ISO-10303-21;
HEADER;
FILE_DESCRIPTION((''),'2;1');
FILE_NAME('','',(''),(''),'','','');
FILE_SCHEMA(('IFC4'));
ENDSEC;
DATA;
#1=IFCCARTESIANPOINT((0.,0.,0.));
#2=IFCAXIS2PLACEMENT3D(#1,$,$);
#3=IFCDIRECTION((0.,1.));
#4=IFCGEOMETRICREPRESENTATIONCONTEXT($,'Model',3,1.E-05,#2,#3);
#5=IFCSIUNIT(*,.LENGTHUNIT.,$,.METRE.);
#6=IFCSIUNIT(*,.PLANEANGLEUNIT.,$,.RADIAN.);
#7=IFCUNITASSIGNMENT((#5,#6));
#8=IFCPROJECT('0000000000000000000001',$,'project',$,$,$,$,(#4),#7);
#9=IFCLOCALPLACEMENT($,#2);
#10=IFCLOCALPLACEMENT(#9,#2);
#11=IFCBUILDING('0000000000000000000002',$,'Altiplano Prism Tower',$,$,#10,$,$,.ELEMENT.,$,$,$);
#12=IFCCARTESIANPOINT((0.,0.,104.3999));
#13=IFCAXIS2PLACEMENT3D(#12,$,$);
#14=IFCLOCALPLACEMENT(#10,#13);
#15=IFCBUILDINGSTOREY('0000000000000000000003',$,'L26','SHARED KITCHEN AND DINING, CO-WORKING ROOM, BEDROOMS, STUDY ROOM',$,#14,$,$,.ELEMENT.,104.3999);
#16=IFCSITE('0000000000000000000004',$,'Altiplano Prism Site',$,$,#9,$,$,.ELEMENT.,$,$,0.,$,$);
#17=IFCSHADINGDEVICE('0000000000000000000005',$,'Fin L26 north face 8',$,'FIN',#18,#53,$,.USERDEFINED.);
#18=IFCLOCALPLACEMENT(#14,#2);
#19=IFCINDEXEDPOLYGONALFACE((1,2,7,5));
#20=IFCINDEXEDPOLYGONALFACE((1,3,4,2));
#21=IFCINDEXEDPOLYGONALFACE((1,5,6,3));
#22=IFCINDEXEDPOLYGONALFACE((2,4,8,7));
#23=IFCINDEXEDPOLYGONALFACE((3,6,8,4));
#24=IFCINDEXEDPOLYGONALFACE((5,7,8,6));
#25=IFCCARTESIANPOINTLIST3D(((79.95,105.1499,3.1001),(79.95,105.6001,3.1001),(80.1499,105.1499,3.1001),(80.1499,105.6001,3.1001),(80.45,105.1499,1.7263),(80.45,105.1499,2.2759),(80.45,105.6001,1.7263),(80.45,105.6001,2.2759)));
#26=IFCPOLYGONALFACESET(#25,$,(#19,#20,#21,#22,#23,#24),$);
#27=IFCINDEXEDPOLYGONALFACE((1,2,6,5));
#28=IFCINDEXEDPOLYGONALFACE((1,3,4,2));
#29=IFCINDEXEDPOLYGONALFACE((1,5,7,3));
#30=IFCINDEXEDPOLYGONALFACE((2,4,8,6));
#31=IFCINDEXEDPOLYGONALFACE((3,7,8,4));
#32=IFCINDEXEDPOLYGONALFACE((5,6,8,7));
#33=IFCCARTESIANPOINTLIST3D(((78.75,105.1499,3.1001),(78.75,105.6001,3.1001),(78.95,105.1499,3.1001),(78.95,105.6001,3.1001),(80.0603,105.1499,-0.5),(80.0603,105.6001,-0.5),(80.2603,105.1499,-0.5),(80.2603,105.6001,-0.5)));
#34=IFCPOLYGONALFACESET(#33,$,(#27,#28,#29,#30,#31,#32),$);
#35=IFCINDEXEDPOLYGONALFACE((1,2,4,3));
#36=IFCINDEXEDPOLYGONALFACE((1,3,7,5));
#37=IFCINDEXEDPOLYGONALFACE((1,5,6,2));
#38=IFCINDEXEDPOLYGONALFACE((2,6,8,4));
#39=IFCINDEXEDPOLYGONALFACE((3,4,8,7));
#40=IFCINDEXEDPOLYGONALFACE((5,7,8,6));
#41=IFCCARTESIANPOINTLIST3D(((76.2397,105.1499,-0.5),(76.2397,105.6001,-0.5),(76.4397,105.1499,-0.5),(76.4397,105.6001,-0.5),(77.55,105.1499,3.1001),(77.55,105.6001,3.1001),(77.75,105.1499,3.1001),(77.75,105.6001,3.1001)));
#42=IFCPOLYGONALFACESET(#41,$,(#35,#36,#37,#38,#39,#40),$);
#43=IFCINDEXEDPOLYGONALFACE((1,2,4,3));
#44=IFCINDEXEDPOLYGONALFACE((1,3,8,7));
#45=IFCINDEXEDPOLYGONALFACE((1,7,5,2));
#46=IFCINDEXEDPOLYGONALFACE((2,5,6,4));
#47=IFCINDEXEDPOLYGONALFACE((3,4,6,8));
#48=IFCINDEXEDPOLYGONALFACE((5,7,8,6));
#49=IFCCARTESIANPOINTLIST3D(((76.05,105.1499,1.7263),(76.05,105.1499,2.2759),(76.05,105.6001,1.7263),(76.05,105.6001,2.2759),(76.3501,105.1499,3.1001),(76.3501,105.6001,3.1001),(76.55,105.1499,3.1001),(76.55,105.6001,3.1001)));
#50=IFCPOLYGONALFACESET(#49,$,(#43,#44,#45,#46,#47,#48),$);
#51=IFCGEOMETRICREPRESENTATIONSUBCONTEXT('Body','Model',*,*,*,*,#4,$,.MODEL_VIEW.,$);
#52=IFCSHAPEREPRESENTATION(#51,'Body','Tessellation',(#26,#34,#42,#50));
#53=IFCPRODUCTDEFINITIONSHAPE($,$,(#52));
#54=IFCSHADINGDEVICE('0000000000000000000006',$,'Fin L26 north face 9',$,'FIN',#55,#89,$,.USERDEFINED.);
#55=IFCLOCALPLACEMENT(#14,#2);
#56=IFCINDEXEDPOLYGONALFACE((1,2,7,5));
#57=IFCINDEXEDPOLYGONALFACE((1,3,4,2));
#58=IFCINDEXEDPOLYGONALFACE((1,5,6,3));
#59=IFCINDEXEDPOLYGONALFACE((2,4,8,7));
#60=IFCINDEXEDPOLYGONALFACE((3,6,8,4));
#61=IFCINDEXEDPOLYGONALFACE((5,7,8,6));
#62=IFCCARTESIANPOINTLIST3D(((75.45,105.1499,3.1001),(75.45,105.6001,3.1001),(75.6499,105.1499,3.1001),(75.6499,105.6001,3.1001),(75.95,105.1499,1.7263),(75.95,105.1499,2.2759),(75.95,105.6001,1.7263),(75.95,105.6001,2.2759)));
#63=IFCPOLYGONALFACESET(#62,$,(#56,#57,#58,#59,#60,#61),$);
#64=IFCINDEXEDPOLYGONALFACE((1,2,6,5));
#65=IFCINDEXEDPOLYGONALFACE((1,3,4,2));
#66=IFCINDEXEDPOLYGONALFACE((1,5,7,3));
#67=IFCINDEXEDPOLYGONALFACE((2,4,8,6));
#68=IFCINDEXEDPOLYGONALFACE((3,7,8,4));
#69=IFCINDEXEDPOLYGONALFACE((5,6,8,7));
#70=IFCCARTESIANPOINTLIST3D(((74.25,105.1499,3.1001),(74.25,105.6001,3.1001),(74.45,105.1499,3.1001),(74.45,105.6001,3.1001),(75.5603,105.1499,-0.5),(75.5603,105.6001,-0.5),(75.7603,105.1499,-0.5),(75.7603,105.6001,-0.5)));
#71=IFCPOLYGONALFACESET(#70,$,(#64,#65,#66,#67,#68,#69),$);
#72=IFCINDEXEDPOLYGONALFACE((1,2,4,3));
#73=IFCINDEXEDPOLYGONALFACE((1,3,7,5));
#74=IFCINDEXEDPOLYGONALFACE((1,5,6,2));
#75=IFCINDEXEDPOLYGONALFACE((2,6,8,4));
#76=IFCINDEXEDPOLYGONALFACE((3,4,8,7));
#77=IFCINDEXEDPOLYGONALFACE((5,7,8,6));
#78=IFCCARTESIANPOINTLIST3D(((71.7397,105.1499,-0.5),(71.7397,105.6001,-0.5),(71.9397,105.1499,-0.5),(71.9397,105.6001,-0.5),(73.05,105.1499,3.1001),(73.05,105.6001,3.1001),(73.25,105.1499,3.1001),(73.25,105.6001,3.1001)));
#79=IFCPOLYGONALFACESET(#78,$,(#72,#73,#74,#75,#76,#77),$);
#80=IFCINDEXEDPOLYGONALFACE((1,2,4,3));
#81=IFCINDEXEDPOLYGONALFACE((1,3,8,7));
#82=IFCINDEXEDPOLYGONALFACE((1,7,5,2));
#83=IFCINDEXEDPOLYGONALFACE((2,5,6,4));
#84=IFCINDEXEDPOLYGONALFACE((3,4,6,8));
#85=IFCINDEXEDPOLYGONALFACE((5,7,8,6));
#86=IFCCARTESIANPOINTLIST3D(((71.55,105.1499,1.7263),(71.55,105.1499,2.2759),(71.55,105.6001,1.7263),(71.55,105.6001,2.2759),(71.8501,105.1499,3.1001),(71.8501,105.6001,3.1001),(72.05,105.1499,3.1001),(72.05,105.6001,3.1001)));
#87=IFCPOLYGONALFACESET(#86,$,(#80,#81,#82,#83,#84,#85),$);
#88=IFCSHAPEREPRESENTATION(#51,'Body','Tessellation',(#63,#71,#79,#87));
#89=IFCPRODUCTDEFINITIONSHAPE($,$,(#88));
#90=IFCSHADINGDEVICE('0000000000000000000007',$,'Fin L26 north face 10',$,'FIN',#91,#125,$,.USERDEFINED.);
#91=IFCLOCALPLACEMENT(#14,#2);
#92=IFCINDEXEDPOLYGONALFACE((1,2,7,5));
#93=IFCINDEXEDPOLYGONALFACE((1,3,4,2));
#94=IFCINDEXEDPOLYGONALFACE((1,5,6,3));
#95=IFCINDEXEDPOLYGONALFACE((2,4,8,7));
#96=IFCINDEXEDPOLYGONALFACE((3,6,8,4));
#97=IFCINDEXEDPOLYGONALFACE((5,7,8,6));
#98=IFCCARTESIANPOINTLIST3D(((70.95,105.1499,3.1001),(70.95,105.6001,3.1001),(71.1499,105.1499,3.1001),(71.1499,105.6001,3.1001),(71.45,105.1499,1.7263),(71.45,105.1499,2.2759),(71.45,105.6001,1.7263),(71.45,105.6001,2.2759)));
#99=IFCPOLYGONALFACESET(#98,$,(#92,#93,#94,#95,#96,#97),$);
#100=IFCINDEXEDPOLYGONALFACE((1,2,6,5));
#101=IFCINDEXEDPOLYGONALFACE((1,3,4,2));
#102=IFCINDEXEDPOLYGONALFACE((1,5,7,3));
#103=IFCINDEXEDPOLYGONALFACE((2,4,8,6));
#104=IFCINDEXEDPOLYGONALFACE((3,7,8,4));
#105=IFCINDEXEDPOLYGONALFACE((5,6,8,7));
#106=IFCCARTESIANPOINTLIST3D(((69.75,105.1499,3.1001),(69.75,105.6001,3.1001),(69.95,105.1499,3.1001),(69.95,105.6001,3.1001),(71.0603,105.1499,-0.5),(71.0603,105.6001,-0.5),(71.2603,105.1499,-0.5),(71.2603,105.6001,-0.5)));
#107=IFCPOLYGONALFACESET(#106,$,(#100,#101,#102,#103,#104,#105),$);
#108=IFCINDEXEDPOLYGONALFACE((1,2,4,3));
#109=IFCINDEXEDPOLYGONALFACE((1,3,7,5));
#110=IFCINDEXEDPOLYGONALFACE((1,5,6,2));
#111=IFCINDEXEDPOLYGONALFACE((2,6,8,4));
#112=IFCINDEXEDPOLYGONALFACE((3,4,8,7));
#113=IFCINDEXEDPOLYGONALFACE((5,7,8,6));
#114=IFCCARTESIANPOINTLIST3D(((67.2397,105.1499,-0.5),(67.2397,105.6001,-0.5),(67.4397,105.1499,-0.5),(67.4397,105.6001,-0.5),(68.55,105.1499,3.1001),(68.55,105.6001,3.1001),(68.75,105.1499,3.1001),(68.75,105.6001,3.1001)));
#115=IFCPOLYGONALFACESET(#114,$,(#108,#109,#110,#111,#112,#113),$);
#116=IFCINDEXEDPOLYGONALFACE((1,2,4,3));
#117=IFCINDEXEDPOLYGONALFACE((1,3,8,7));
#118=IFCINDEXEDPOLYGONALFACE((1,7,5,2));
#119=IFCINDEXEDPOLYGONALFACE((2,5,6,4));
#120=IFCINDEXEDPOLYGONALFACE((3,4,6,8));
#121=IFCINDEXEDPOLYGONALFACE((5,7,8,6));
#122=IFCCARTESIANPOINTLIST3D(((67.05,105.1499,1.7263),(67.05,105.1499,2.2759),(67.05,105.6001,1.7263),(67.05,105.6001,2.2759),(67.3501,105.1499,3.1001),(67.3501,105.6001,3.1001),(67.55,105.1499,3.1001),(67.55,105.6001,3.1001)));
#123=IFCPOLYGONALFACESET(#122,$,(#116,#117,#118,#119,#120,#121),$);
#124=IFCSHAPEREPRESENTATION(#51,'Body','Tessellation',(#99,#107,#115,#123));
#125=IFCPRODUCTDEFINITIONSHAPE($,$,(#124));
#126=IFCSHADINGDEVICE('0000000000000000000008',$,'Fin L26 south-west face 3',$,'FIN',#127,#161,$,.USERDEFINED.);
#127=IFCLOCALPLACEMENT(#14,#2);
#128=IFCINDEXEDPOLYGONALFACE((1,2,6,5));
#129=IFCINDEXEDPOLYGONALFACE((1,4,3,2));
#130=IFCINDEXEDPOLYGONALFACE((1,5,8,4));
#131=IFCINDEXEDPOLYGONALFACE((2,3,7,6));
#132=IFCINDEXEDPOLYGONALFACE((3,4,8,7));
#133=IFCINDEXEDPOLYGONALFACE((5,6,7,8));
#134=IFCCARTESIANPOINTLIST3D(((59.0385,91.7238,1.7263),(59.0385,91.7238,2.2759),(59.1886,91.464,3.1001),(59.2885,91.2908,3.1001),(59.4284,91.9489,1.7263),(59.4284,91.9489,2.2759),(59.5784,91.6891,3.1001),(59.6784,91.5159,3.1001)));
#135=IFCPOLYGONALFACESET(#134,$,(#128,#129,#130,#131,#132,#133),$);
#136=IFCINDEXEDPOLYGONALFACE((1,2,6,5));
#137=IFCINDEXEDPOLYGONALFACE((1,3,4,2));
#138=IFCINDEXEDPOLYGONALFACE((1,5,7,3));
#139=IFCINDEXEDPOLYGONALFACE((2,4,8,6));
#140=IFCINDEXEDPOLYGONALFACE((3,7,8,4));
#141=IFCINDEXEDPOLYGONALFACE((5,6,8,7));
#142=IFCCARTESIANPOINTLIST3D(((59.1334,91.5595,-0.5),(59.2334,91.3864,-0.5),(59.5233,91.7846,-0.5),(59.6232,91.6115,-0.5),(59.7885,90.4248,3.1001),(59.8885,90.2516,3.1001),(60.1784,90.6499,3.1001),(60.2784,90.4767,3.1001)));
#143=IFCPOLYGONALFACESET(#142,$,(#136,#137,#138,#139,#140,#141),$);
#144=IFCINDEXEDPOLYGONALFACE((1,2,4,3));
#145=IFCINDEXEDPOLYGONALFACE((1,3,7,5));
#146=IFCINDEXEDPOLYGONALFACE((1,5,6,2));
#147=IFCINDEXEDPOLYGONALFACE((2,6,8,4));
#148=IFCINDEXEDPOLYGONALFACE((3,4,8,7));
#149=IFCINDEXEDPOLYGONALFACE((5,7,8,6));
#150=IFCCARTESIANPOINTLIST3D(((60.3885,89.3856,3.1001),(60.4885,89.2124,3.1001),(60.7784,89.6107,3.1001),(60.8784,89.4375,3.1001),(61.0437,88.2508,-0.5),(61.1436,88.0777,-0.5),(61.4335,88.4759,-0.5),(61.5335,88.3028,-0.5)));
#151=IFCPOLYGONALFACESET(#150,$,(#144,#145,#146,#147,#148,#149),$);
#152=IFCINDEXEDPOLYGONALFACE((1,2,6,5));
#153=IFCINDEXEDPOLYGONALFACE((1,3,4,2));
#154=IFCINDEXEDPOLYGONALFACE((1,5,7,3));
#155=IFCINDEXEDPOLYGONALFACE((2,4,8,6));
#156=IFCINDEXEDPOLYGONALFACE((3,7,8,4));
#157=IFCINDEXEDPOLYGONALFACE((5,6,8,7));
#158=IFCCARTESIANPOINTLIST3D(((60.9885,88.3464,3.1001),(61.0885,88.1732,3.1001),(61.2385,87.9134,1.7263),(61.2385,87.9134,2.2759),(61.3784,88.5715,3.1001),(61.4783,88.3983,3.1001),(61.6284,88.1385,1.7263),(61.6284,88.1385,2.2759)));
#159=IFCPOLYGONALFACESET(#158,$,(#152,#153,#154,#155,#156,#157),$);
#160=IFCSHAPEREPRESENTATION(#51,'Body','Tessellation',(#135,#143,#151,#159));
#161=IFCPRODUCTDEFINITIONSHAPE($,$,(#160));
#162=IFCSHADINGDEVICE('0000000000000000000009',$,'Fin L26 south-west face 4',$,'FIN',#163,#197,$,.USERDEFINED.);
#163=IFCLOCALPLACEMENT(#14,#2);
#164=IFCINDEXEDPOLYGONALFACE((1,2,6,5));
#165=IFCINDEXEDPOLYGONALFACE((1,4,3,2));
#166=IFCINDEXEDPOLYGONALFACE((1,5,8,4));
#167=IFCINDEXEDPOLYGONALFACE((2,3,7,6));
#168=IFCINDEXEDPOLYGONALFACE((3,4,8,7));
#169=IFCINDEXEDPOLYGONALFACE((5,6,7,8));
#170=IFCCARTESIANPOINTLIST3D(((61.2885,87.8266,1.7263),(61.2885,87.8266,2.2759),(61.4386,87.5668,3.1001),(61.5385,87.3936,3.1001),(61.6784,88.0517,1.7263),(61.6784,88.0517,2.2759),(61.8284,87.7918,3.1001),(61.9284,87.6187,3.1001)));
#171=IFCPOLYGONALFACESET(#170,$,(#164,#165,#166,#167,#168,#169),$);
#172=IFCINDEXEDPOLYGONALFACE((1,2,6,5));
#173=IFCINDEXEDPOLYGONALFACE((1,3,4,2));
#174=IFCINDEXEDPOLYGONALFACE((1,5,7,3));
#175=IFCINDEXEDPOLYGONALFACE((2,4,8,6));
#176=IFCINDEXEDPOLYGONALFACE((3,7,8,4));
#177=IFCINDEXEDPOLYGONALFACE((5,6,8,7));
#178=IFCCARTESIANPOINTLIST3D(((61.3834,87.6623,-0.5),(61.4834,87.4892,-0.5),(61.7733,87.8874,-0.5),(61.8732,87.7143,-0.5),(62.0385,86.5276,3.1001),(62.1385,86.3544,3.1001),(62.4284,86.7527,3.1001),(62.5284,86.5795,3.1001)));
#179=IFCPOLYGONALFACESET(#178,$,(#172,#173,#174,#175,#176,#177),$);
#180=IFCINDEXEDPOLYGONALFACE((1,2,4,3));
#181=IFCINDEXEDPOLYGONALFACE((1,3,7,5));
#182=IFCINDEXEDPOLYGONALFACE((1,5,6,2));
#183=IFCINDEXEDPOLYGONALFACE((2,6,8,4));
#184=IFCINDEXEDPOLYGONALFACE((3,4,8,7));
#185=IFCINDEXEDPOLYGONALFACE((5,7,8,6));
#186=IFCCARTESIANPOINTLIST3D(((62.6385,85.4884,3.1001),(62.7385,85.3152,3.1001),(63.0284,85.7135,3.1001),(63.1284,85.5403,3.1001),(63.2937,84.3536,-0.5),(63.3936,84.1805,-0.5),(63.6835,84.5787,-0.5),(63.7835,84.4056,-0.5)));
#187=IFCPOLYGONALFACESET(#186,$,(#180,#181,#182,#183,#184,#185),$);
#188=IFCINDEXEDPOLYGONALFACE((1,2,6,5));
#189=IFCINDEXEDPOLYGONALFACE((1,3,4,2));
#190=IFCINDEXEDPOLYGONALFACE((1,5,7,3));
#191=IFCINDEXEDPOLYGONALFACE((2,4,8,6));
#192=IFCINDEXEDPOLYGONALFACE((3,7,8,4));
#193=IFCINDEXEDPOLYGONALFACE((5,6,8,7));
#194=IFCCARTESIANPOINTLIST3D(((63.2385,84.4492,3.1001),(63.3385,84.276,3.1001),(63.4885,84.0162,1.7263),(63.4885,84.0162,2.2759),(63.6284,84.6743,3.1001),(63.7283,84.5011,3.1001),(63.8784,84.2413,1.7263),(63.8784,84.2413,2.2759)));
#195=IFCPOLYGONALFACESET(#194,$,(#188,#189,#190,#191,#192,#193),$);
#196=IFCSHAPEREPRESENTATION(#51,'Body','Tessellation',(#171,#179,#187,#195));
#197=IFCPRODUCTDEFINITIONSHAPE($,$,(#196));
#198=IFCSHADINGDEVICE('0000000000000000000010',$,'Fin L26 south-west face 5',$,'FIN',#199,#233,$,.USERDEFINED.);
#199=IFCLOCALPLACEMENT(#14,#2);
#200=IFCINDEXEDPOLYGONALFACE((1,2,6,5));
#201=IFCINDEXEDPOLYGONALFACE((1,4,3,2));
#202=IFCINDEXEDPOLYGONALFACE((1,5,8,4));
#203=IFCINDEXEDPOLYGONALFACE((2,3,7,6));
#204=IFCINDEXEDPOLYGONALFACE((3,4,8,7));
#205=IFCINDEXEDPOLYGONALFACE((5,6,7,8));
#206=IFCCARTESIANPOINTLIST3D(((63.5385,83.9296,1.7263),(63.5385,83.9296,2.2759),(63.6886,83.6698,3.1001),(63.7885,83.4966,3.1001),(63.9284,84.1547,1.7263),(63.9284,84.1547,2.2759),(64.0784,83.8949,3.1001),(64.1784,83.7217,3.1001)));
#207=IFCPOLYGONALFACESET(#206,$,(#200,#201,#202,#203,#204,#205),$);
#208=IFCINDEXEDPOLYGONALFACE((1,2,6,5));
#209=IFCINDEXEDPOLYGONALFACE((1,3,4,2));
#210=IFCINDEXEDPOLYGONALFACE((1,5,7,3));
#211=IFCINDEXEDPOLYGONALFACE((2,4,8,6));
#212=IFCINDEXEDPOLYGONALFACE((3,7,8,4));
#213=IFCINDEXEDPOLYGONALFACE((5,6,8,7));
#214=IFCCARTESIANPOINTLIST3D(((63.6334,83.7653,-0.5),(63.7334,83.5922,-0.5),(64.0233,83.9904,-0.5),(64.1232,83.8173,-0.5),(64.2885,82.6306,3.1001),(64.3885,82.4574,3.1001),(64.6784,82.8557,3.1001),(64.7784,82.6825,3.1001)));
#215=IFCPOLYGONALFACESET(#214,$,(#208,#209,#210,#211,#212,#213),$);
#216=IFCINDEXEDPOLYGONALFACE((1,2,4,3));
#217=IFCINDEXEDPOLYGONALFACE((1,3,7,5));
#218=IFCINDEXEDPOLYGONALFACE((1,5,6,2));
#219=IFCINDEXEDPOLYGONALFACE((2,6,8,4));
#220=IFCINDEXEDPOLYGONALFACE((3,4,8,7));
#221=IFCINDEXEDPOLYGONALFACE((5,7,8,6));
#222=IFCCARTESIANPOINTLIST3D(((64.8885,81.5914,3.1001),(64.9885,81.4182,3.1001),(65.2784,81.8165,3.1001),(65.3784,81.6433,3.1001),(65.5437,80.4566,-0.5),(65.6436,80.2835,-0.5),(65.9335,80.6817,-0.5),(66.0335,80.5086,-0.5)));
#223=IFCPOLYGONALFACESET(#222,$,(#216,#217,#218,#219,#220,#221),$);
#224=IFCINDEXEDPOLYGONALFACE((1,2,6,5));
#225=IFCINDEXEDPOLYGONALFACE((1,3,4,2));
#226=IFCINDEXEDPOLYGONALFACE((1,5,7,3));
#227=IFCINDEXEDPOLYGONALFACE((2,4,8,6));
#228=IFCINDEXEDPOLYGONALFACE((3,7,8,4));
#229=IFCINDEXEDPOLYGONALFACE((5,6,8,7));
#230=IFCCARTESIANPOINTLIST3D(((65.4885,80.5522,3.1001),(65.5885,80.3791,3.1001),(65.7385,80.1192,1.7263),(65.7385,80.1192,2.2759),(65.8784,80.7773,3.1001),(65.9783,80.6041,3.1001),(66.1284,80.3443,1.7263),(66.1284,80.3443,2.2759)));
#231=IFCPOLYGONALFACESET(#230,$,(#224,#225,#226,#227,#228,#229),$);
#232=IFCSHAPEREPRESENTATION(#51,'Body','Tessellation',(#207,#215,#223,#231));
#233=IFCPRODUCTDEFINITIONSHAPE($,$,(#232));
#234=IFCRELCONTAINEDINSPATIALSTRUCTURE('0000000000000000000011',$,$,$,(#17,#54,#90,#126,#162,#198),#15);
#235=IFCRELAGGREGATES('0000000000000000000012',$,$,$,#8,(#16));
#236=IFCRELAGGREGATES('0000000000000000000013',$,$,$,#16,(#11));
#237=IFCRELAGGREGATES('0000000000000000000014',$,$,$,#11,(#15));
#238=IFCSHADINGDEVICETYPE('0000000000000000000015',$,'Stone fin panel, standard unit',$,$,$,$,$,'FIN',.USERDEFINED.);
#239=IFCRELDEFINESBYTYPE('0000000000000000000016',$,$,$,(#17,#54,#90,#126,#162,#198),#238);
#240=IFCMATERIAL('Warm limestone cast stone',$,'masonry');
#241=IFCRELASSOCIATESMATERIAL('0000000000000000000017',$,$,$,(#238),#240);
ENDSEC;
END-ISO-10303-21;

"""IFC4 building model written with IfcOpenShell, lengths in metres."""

from ifc_helpers import new_model, si_unit, direction, frame, origin, place, context, subcontext, project, spatial, polyline, outline, extrude, source, transform, mapped, material, type_object, element, save


model = new_model("IFC4")

# Units and contexts
model_context = context("Model", 3, precision=1e-05, world=origin(), true_north=direction((0.0, 1.0)))
body_context = subcontext(model_context, "Body", "Model", "MODEL_VIEW")
ifc_project = project(units=[si_unit("LENGTHUNIT", "METRE"), si_unit("PLANEANGLEUNIT", "RADIAN")], contexts=[model_context])

# Site, building, storey
site_placement = place(None, origin())
site = spatial("IfcSite", under=ifc_project, at=site_placement, Name="Altiplano Prism Site", CompositionType="ELEMENT", RefElevation=0.0)
building_placement = place(site_placement, origin())
building = spatial("IfcBuilding", under=site, at=building_placement, Name="Altiplano Prism Tower", CompositionType="ELEMENT")
storey_placement = place(building_placement, frame((0.0, 0.0, 104.3999)))
storey = spatial("IfcBuildingStorey", under=building, at=storey_placement, Name="L26", Description="SHARED KITCHEN AND DINING, CO-WORKING ROOM, BEDROOMS, STUDY ROOM", CompositionType="ELEMENT", Elevation=104.3999)

# Shading devices
ifc_material_1 = material(Name="Warm limestone cast stone", Category="masonry")
shading_device_type_1 = type_object("IfcShadingDeviceType", Name="Stone fin panel, standard unit", ElementType="FIN", PredefinedType="USERDEFINED", material=ifc_material_1)
shared_shape_1 = source(origin(), body_context, "Body", "SweptSolid", [
    extrude(outline(polyline([(-2.2, 2.2263), (-1.7, 3.6001), (-1.8999, 3.6001), (-2.2, 2.7759), (-2.2, 2.2263)])), frame((0.0, -0.1499, 0.0), z_axis=(0.0, -1.0, 0.0), x_axis=(1.0, 0.0, 0.0)), (0.0, 0.0, 1.0), 0.4502),
    extrude(outline(polyline([(-2.0103, 0.0), (-1.8103, 0.0), (-0.5, 3.6001), (-0.7, 3.6001), (-2.0103, 0.0)])), frame((0.0, -0.1499, 0.0), z_axis=(0.0, -1.0, 0.0), x_axis=(1.0, 0.0, 0.0)), (0.0, 0.0, 1.0), 0.4502),
    extrude(outline(polyline([(1.8103, 0.0), (2.0103, 0.0), (0.7, 3.6001), (0.5, 3.6001), (1.8103, 0.0)])), frame((0.0, -0.1499, 0.0), z_axis=(0.0, -1.0, 0.0), x_axis=(1.0, 0.0, 0.0)), (0.0, 0.0, 1.0), 0.4502),
    extrude(outline(polyline([(2.2, 2.7759), (1.8999, 3.6001), (1.7, 3.6001), (2.2, 2.2263), (2.2, 2.7759)])), frame((0.0, -0.1499, 0.0), z_axis=(0.0, -1.0, 0.0), x_axis=(1.0, 0.0, 0.0)), (0.0, 0.0, 1.0), 0.4502),
])
shading_device_1_placement = place(storey_placement, origin())
element("IfcShadingDevice", 1, at=shading_device_1_placement, inside=storey, type_object=shading_device_type_1, Name="Fin L26 north face 8", ObjectType="FIN", PredefinedType="USERDEFINED", context=body_context, shape_type="MappedRepresentation", body=[
    mapped(shared_shape_1, transform((78.25, 105.0, -0.5), x_axis=(-1.0, 0.0, 0.0), y_axis=(0.0, -1.0, 0.0), z_axis=(0.0, 0.0, 1.0))),
])
shading_device_2_placement = place(storey_placement, origin())
element("IfcShadingDevice", 2, at=shading_device_2_placement, inside=storey, type_object=shading_device_type_1, Name="Fin L26 north face 9", ObjectType="FIN", PredefinedType="USERDEFINED", context=body_context, shape_type="MappedRepresentation", body=[
    mapped(shared_shape_1, transform((73.75, 105.0, -0.5), x_axis=(-1.0, 0.0, 0.0), y_axis=(0.0, -1.0, 0.0), z_axis=(0.0, 0.0, 1.0))),
])
shading_device_3_placement = place(storey_placement, origin())
element("IfcShadingDevice", 3, at=shading_device_3_placement, inside=storey, type_object=shading_device_type_1, Name="Fin L26 north face 10", ObjectType="FIN", PredefinedType="USERDEFINED", context=body_context, shape_type="MappedRepresentation", body=[
    mapped(shared_shape_1, transform((69.25, 105.0, -0.5), x_axis=(-1.0, 0.0, 0.0), y_axis=(0.0, -1.0, 0.0), z_axis=(0.0, 0.0, 1.0))),
])
shading_device_4_placement = place(storey_placement, origin())
element("IfcShadingDevice", 4, at=shading_device_4_placement, inside=storey, type_object=shading_device_type_1, Name="Fin L26 south-west face 3", ObjectType="FIN", PredefinedType="USERDEFINED", context=body_context, shape_type="MappedRepresentation", body=[
    mapped(shared_shape_1, transform((60.6582, 90.1187, -0.5), x_axis=(0.5, -0.866025, 0.0), y_axis=(0.866025, 0.5, 0.0), z_axis=(0.0, 0.0, 1.0))),
])
shading_device_5_placement = place(storey_placement, origin())
element("IfcShadingDevice", 5, at=shading_device_5_placement, inside=storey, type_object=shading_device_type_1, Name="Fin L26 south-west face 4", ObjectType="FIN", PredefinedType="USERDEFINED", context=body_context, shape_type="MappedRepresentation", body=[
    mapped(shared_shape_1, transform((62.9082, 86.2214, -0.5), x_axis=(0.5, -0.866025, 0.0), y_axis=(0.866025, 0.5, 0.0), z_axis=(0.0, 0.0, 1.0))),
])
shading_device_6_placement = place(storey_placement, origin())
element("IfcShadingDevice", 6, at=shading_device_6_placement, inside=storey, type_object=shading_device_type_1, Name="Fin L26 south-west face 5", ObjectType="FIN", PredefinedType="USERDEFINED", context=body_context, shape_type="MappedRepresentation", body=[
    mapped(shared_shape_1, transform((65.1582, 82.3245, -0.5), x_axis=(0.5, -0.866025, 0.0), y_axis=(0.866025, 0.5, 0.0), z_axis=(0.0, 0.0, 1.0))),
])

save(model, "model.ifc")
